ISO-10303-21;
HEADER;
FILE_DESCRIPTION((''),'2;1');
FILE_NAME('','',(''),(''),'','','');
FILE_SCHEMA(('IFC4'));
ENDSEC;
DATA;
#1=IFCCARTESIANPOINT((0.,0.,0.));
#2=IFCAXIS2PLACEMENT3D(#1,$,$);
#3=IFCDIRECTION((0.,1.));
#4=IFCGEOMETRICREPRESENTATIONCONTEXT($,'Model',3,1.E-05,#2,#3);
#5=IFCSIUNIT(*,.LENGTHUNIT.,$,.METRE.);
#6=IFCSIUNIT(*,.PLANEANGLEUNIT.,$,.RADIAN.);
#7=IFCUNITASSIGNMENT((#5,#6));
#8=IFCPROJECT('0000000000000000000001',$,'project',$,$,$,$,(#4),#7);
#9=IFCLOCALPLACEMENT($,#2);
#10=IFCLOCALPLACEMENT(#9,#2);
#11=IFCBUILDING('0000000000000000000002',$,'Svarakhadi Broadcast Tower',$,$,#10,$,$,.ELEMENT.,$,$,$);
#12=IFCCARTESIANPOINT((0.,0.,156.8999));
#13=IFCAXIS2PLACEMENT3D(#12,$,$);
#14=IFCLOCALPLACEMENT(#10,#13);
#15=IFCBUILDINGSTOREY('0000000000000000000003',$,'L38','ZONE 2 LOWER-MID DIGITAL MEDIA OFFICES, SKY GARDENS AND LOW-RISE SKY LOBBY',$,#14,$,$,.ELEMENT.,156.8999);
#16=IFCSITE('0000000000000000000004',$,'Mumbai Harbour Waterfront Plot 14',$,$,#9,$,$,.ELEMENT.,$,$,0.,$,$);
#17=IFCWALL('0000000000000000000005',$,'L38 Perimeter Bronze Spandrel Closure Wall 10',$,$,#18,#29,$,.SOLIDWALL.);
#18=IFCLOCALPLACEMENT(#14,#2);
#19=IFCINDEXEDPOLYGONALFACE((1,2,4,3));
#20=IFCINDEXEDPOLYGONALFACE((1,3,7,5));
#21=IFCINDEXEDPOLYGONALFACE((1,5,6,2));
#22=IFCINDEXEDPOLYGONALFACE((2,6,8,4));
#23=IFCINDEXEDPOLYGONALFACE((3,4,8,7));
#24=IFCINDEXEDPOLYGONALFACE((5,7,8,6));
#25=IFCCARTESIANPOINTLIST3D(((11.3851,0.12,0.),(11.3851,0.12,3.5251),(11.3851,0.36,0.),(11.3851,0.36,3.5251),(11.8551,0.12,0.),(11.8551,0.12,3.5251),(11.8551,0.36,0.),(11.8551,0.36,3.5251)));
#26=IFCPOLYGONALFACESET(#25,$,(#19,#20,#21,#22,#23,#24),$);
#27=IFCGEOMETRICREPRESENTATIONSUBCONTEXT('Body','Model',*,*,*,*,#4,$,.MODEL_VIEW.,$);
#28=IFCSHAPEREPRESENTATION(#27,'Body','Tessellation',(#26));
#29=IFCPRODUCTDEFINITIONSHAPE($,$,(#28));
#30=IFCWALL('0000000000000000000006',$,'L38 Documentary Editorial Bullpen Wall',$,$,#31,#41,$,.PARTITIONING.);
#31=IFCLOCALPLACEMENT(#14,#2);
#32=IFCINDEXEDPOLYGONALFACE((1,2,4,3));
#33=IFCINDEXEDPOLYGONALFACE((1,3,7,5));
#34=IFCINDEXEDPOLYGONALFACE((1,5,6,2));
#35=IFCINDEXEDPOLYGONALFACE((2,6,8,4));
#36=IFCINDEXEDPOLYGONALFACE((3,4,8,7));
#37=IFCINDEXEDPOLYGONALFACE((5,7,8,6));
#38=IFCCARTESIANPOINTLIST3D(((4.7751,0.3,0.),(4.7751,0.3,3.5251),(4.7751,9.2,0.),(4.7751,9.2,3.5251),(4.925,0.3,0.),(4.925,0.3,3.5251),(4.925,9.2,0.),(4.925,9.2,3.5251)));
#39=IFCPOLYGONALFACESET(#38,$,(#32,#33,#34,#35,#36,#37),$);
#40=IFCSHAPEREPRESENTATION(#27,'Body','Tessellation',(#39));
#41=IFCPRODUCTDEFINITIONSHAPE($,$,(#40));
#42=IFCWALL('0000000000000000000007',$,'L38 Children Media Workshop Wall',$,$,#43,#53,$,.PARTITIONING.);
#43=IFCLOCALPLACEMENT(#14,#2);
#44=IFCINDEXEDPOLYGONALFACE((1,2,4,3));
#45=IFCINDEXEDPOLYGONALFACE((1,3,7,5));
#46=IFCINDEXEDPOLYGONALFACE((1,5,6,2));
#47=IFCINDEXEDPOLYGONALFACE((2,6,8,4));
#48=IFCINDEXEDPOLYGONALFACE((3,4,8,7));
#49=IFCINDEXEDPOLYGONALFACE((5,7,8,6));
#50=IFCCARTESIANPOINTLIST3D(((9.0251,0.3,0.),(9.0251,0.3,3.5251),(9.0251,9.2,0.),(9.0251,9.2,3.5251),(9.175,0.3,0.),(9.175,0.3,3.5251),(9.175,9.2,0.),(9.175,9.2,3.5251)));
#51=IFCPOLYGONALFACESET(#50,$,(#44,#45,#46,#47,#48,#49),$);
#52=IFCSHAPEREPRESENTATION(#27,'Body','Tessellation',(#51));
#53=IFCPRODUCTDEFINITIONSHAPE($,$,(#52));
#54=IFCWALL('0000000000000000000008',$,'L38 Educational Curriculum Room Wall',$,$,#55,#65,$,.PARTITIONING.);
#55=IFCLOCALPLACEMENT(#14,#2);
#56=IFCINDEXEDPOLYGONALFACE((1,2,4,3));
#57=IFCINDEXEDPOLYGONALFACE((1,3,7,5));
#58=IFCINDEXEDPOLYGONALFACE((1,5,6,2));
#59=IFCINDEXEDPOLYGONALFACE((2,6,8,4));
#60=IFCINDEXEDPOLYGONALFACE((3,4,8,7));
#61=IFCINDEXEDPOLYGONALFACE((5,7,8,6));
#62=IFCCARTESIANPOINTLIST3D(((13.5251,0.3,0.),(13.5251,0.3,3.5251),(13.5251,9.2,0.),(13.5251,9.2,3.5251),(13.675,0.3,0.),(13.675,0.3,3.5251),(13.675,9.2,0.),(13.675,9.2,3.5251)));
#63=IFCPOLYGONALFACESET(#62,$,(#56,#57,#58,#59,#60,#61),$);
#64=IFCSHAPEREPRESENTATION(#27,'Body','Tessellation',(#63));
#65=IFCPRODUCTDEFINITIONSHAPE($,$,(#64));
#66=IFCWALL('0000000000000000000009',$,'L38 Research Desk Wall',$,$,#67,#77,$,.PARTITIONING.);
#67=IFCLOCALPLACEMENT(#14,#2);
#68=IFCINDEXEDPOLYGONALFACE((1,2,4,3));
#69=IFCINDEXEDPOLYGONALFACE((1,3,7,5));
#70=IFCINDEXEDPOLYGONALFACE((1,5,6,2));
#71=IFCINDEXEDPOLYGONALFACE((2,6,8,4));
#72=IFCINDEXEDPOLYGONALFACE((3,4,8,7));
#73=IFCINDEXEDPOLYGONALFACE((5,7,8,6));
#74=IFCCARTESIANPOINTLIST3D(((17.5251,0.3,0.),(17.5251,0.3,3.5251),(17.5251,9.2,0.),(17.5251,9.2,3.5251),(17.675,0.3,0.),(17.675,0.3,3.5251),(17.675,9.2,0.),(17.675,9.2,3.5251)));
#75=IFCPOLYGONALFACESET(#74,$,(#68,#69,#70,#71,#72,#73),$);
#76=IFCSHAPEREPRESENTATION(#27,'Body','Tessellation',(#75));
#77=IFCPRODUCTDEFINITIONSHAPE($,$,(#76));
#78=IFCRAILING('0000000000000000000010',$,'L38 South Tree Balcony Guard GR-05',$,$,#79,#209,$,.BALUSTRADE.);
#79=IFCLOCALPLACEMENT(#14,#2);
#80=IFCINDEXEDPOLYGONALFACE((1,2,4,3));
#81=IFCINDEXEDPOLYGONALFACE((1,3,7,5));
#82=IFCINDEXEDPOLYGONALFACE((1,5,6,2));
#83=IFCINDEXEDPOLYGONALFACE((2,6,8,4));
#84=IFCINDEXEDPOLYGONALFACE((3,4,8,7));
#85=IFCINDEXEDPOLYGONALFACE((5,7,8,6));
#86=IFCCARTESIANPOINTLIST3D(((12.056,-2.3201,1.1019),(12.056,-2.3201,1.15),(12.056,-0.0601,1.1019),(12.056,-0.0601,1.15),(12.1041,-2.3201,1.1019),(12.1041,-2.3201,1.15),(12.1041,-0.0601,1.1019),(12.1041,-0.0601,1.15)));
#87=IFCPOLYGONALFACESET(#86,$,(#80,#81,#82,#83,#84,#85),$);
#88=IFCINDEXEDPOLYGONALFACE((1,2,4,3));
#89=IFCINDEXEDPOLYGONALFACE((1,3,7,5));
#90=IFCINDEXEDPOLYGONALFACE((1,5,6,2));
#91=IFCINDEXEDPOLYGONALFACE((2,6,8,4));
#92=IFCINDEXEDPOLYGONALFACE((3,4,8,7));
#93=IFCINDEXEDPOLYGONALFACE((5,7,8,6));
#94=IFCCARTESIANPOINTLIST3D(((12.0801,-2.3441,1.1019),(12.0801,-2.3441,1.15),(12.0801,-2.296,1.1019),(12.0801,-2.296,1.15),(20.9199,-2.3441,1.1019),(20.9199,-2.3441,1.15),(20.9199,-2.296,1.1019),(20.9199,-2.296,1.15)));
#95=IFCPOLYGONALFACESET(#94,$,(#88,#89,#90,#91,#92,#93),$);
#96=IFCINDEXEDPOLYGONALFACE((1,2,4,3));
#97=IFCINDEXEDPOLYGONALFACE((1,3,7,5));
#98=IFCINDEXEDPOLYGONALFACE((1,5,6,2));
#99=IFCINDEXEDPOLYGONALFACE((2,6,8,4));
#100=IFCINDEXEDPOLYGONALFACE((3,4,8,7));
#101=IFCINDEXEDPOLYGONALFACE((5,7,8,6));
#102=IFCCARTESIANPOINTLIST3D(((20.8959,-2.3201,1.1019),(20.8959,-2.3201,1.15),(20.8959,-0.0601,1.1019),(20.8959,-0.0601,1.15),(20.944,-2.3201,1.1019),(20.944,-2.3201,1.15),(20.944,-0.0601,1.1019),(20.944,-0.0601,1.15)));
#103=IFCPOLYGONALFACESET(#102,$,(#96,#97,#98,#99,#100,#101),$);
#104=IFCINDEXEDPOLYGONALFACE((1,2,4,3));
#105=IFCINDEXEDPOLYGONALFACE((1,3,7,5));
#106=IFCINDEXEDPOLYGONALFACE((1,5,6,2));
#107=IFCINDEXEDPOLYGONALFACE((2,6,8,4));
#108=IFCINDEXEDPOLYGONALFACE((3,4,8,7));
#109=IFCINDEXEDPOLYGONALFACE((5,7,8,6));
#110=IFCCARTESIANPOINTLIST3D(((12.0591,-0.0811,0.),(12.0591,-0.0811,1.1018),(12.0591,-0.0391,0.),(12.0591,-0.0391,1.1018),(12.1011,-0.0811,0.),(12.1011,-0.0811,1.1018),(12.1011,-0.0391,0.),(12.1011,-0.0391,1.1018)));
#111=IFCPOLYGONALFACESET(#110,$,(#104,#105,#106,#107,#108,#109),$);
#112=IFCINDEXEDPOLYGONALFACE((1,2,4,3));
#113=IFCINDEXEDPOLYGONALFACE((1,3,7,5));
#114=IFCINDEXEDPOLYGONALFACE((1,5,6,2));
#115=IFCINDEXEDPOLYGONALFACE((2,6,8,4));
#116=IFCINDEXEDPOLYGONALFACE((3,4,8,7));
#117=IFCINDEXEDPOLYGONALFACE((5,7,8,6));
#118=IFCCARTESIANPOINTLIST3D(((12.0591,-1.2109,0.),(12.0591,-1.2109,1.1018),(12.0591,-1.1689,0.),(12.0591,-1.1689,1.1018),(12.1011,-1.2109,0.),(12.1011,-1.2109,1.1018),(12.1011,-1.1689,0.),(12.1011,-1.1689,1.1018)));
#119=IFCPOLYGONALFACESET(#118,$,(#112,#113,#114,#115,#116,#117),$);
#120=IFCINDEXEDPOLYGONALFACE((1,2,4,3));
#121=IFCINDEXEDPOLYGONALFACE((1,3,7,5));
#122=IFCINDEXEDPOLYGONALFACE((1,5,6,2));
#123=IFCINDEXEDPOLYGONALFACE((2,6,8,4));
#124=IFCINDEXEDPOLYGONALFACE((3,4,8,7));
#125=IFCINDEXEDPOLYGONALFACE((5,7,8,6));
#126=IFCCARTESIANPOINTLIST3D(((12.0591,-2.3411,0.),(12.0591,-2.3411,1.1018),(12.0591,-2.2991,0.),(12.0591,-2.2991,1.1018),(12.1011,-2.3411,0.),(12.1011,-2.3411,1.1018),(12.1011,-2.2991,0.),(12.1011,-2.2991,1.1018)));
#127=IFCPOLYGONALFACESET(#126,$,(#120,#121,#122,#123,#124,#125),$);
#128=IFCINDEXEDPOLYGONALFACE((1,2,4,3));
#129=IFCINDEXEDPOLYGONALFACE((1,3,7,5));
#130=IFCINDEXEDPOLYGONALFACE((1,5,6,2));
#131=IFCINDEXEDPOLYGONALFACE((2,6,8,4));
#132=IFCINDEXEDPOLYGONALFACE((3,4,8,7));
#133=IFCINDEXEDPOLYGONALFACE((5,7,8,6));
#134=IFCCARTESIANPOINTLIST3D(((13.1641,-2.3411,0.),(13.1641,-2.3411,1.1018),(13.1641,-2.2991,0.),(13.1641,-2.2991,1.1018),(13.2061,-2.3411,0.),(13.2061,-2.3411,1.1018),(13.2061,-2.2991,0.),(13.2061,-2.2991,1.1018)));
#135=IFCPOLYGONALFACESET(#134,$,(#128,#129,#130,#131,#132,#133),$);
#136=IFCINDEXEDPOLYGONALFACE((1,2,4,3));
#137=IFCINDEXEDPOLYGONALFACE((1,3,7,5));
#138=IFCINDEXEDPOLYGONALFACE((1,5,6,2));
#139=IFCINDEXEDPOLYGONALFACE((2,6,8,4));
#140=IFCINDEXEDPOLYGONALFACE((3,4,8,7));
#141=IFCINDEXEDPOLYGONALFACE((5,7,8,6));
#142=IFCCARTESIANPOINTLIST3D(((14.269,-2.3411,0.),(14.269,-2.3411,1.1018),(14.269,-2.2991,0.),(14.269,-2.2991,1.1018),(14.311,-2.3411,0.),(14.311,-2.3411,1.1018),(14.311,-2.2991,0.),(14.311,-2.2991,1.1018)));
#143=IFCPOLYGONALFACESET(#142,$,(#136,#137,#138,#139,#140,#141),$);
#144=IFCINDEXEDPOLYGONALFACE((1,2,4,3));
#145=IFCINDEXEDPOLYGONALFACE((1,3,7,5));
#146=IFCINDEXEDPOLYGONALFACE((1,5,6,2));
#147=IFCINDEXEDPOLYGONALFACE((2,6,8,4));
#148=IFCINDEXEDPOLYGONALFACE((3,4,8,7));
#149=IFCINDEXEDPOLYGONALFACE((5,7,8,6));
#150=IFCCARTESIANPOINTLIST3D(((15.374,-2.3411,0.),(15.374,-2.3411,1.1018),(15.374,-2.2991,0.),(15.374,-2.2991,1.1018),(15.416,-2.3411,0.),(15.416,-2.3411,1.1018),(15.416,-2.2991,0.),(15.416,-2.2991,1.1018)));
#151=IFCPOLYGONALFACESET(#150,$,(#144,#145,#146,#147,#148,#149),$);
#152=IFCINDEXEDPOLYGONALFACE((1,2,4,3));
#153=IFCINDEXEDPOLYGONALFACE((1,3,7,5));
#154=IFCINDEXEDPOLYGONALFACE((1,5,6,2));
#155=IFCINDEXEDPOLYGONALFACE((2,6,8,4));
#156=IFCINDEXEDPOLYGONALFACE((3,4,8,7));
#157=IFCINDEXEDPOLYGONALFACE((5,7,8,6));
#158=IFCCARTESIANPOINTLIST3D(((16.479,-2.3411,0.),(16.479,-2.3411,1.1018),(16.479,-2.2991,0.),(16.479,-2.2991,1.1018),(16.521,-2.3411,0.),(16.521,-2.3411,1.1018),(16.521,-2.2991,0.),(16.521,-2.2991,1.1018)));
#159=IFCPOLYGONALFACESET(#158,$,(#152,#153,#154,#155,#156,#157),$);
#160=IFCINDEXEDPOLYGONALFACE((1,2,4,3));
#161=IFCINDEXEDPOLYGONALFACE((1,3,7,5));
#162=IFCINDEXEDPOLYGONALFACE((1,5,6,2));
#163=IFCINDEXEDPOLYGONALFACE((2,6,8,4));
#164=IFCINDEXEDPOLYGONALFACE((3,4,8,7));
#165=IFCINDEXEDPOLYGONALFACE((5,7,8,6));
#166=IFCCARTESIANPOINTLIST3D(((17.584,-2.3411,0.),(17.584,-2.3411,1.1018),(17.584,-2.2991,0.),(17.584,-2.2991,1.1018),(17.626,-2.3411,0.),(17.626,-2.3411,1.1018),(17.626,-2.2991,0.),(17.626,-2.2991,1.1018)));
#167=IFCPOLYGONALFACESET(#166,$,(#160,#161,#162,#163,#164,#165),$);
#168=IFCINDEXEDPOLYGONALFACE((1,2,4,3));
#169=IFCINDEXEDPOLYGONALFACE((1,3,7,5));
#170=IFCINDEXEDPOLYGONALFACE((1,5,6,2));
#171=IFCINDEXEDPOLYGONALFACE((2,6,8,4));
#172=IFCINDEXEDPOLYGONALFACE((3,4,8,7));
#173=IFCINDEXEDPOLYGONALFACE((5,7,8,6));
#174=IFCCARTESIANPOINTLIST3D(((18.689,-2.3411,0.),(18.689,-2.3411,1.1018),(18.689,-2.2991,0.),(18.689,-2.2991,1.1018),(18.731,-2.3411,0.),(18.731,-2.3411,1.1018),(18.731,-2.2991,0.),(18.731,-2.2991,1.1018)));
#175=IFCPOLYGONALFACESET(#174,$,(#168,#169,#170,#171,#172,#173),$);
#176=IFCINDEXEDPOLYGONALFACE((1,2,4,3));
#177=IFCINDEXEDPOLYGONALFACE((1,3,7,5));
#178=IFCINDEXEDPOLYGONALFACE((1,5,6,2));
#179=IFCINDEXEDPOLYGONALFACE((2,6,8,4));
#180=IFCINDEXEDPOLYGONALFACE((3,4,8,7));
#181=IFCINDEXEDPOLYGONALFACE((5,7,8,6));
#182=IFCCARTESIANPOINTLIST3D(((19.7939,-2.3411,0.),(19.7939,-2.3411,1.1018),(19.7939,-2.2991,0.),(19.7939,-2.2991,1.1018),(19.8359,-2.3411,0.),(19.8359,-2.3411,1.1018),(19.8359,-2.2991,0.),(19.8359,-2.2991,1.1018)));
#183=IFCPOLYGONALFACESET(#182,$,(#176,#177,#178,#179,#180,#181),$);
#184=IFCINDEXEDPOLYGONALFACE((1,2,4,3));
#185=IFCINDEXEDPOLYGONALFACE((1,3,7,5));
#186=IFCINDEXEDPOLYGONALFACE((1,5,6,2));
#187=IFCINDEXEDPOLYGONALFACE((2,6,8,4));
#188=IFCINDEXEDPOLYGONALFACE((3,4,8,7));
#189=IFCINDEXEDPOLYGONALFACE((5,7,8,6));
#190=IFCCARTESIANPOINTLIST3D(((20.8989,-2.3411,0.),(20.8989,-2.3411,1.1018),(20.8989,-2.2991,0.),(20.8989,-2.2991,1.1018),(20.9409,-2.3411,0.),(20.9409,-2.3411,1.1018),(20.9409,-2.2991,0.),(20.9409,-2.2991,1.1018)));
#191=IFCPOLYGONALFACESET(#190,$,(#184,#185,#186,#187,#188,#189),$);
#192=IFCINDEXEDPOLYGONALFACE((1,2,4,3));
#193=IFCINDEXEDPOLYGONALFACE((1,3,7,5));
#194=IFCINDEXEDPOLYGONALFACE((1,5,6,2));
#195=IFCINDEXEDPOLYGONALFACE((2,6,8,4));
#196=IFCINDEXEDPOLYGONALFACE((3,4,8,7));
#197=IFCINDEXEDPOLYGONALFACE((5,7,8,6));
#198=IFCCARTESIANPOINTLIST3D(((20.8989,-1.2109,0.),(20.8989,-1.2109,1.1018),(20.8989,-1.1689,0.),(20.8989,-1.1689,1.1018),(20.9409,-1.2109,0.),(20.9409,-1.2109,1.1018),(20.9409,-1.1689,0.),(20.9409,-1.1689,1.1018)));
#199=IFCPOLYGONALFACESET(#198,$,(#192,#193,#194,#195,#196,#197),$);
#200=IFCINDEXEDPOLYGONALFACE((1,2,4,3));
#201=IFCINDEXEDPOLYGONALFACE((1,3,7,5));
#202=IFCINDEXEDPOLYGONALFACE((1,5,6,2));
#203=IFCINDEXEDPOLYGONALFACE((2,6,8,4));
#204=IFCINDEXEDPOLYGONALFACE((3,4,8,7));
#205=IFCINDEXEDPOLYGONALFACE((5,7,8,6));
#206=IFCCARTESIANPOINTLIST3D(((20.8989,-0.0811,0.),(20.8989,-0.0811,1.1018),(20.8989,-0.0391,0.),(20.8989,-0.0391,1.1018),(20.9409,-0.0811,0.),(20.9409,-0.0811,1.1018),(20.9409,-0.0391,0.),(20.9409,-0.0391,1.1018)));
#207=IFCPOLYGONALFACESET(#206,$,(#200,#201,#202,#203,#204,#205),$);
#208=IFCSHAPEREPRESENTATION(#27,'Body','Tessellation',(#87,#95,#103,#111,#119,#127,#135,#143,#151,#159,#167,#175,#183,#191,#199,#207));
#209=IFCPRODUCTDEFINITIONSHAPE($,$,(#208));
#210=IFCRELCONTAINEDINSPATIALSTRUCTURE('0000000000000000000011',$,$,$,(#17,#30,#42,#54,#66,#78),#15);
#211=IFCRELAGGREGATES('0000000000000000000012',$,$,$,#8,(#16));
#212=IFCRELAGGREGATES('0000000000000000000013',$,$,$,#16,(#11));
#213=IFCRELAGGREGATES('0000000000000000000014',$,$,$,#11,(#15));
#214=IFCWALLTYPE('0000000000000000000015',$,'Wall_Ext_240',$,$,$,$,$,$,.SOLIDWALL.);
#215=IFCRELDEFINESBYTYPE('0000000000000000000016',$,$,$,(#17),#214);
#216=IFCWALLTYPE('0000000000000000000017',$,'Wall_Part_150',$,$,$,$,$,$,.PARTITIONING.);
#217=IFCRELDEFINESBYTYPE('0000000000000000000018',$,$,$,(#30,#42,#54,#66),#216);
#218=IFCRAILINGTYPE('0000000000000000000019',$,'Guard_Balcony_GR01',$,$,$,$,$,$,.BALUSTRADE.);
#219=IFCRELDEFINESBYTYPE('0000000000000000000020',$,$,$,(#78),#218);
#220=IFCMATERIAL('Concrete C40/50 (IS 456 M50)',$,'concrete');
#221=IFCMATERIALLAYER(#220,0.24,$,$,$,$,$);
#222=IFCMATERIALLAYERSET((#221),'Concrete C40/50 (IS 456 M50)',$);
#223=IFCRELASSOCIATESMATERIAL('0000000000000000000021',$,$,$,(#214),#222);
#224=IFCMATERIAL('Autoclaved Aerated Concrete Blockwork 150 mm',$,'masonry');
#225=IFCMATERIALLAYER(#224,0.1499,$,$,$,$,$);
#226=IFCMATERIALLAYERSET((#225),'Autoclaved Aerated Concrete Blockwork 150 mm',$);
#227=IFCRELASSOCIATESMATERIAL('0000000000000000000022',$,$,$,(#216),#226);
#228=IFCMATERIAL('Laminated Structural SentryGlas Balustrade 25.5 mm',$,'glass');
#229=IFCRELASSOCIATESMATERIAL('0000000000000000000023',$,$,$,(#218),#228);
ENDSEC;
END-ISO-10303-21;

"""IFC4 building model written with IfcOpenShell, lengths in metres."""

from ifc_helpers import new_model, si_unit, direction, frame, frame_2d, origin, origin_2d, place, context, subcontext, project, spatial, rectangle, extrude, material, layer, layer_set, type_object, element, save


model = new_model("IFC4")

# Units and contexts
model_context = context("Model", 3, precision=1e-05, world=origin(), true_north=direction((0.0, 1.0)))
body_context = subcontext(model_context, "Body", "Model", "MODEL_VIEW")
ifc_project = project(units=[si_unit("LENGTHUNIT", "METRE"), si_unit("PLANEANGLEUNIT", "RADIAN")], contexts=[model_context])

# Site, building, storey
site_placement = place(None, origin())
site = spatial("IfcSite", under=ifc_project, at=site_placement, Name="Mumbai Harbour Waterfront Plot 14", CompositionType="ELEMENT", RefElevation=0.0)
building_placement = place(site_placement, origin())
building = spatial("IfcBuilding", under=site, at=building_placement, Name="Svarakhadi Broadcast Tower", CompositionType="ELEMENT")
storey_placement = place(building_placement, frame((0.0, 0.0, 156.8999)))
storey = spatial("IfcBuildingStorey", under=building, at=storey_placement, Name="L38", Description="ZONE 2 LOWER-MID DIGITAL MEDIA OFFICES, SKY GARDENS AND LOW-RISE SKY LOBBY", CompositionType="ELEMENT", Elevation=156.8999)

# Walls
ifc_material_1 = material(Name="Concrete C40/50 (IS 456 M50)", Category="concrete")
ifc_layer_1 = layer(ifc_material_1, 0.24)
ifc_layer_set_1 = layer_set([ifc_layer_1], Name="Concrete C40/50 (IS 456 M50)")
wall_type_1 = type_object("IfcWallType", Name="Wall_Ext_240", PredefinedType="SOLIDWALL", material=ifc_layer_set_1)
wall_placement = place(storey_placement, frame((11.855, 0.24, 0.0), z_axis=(0.0, 0.0, 1.0), x_axis=(-1.0, 0.0, 0.0)))
element("IfcWall", 1, at=wall_placement, inside=storey, type_object=wall_type_1, Name="L38 Perimeter Bronze Spandrel Closure Wall 10", PredefinedType="SOLIDWALL", context=body_context, shape_type="SweptSolid", body=[
    extrude(rectangle(XDim=0.47, YDim=0.24, at=frame_2d((0.2349, 0.0))), origin(), (0.0, 0.0, 1.0), 3.5251),
])
ifc_material_2 = material(Name="Autoclaved Aerated Concrete Blockwork 150 mm", Category="masonry")
ifc_layer_2 = layer(ifc_material_2, 0.1499)
ifc_layer_set_2 = layer_set([ifc_layer_2], Name="Autoclaved Aerated Concrete Blockwork 150 mm")
wall_type_2 = type_object("IfcWallType", Name="Wall_Part_150", PredefinedType="PARTITIONING", material=ifc_layer_set_2)
for number, where, z_axis, x_axis, name in (
    (2, (4.8501, 0.3, 0.0), (0.0, 0.0, 1.0), (0.0, 1.0, 0.0), "L38 Documentary Editorial Bullpen Wall"),
    (3, (9.1001, 0.3, 0.0), (0.0, 0.0, 1.0), (0.0, 1.0, 0.0), "L38 Children Media Workshop Wall"),
    (4, (13.6001, 0.3, 0.0), (0.0, 0.0, 1.0), (0.0, 1.0, 0.0), "L38 Educational Curriculum Room Wall"),
    (5, (17.6001, 0.3, 0.0), (0.0, 0.0, 1.0), (0.0, 1.0, 0.0), "L38 Research Desk Wall"),
):
    element("IfcWall", number, at=place(storey_placement, frame(where, z_axis=z_axis, x_axis=x_axis)), inside=storey, type_object=wall_type_2, Name=name, PredefinedType="PARTITIONING", context=body_context, shape_type="SweptSolid", body=[
        extrude(rectangle(XDim=8.8999, YDim=0.1499, at=frame_2d((4.45, 0.0))), origin(), (0.0, 0.0, 1.0), 3.5251),
    ])

# Railing
ifc_material_3 = material(Name="Laminated Structural SentryGlas Balustrade 25.5 mm", Category="glass")
railing_type = type_object("IfcRailingType", Name="Guard_Balcony_GR01", PredefinedType="BALUSTRADE", material=ifc_material_3)
railing_placement = place(storey_placement, frame((12.0801, -0.0601, 0.0)))
element("IfcRailing", 6, at=railing_placement, inside=storey, type_object=railing_type, Name="L38 South Tree Balcony Guard GR-05", PredefinedType="BALUSTRADE", context=body_context, shape_type="SweptSolid", body=[
    extrude(rectangle(XDim=0.0481, YDim=0.0481, at=origin_2d()), frame((0.0, 0.0, 1.126), z_axis=(0.0, -1.0, 0.0), x_axis=(1.0, 0.0, 0.0)), (0.0, 0.0, 1.0), 2.26),
    extrude(rectangle(XDim=0.0481, YDim=0.0481, at=origin_2d()), frame((0.0, -2.26, 1.126), z_axis=(1.0, 0.0, 0.0), x_axis=(0.0, 1.0, 0.0)), (0.0, 0.0, 1.0), 8.8398),
    extrude(rectangle(XDim=0.0481, YDim=0.0481, at=origin_2d()), frame((8.8398, -2.26, 1.126), z_axis=(0.0, 1.0, 0.0), x_axis=(-1.0, 0.0, 0.0)), (0.0, 0.0, 1.0), 2.26),
    extrude(rectangle(XDim=0.042, YDim=0.042, at=origin_2d()), origin(), (0.0, 0.0, 1.0), 1.1018),
    extrude(rectangle(XDim=0.042, YDim=0.042, at=origin_2d()), frame((0.0, -1.1299, 0.0)), (0.0, 0.0, 1.0), 1.1018),
    extrude(rectangle(XDim=0.042, YDim=0.042, at=origin_2d()), frame((0.0, -2.26, 0.0)), (0.0, 0.0, 1.0), 1.1018),
    extrude(rectangle(XDim=0.042, YDim=0.042, at=origin_2d()), frame((1.105, -2.26, 0.0)), (0.0, 0.0, 1.0), 1.1018),
    extrude(rectangle(XDim=0.042, YDim=0.042, at=origin_2d()), frame((2.21, -2.26, 0.0)), (0.0, 0.0, 1.0), 1.1018),
    extrude(rectangle(XDim=0.042, YDim=0.042, at=origin_2d()), frame((3.3149, -2.26, 0.0)), (0.0, 0.0, 1.0), 1.1018),
    extrude(rectangle(XDim=0.042, YDim=0.042, at=origin_2d()), frame((4.4199, -2.26, 0.0)), (0.0, 0.0, 1.0), 1.1018),
    extrude(rectangle(XDim=0.042, YDim=0.042, at=origin_2d()), frame((5.5249, -2.26, 0.0)), (0.0, 0.0, 1.0), 1.1018),
    extrude(rectangle(XDim=0.042, YDim=0.042, at=origin_2d()), frame((6.6299, -2.26, 0.0)), (0.0, 0.0, 1.0), 1.1018),
    extrude(rectangle(XDim=0.042, YDim=0.042, at=origin_2d()), frame((7.7349, -2.26, 0.0)), (0.0, 0.0, 1.0), 1.1018),
    extrude(rectangle(XDim=0.042, YDim=0.042, at=origin_2d()), frame((8.8398, -2.26, 0.0)), (0.0, 0.0, 1.0), 1.1018),
    extrude(rectangle(XDim=0.042, YDim=0.042, at=origin_2d()), frame((8.8398, -1.1299, 0.0)), (0.0, 0.0, 1.0), 1.1018),
    extrude(rectangle(XDim=0.042, YDim=0.042, at=origin_2d()), frame((8.8398, 0.0, 0.0)), (0.0, 0.0, 1.0), 1.1018),
])

save(model, "model.ifc")
